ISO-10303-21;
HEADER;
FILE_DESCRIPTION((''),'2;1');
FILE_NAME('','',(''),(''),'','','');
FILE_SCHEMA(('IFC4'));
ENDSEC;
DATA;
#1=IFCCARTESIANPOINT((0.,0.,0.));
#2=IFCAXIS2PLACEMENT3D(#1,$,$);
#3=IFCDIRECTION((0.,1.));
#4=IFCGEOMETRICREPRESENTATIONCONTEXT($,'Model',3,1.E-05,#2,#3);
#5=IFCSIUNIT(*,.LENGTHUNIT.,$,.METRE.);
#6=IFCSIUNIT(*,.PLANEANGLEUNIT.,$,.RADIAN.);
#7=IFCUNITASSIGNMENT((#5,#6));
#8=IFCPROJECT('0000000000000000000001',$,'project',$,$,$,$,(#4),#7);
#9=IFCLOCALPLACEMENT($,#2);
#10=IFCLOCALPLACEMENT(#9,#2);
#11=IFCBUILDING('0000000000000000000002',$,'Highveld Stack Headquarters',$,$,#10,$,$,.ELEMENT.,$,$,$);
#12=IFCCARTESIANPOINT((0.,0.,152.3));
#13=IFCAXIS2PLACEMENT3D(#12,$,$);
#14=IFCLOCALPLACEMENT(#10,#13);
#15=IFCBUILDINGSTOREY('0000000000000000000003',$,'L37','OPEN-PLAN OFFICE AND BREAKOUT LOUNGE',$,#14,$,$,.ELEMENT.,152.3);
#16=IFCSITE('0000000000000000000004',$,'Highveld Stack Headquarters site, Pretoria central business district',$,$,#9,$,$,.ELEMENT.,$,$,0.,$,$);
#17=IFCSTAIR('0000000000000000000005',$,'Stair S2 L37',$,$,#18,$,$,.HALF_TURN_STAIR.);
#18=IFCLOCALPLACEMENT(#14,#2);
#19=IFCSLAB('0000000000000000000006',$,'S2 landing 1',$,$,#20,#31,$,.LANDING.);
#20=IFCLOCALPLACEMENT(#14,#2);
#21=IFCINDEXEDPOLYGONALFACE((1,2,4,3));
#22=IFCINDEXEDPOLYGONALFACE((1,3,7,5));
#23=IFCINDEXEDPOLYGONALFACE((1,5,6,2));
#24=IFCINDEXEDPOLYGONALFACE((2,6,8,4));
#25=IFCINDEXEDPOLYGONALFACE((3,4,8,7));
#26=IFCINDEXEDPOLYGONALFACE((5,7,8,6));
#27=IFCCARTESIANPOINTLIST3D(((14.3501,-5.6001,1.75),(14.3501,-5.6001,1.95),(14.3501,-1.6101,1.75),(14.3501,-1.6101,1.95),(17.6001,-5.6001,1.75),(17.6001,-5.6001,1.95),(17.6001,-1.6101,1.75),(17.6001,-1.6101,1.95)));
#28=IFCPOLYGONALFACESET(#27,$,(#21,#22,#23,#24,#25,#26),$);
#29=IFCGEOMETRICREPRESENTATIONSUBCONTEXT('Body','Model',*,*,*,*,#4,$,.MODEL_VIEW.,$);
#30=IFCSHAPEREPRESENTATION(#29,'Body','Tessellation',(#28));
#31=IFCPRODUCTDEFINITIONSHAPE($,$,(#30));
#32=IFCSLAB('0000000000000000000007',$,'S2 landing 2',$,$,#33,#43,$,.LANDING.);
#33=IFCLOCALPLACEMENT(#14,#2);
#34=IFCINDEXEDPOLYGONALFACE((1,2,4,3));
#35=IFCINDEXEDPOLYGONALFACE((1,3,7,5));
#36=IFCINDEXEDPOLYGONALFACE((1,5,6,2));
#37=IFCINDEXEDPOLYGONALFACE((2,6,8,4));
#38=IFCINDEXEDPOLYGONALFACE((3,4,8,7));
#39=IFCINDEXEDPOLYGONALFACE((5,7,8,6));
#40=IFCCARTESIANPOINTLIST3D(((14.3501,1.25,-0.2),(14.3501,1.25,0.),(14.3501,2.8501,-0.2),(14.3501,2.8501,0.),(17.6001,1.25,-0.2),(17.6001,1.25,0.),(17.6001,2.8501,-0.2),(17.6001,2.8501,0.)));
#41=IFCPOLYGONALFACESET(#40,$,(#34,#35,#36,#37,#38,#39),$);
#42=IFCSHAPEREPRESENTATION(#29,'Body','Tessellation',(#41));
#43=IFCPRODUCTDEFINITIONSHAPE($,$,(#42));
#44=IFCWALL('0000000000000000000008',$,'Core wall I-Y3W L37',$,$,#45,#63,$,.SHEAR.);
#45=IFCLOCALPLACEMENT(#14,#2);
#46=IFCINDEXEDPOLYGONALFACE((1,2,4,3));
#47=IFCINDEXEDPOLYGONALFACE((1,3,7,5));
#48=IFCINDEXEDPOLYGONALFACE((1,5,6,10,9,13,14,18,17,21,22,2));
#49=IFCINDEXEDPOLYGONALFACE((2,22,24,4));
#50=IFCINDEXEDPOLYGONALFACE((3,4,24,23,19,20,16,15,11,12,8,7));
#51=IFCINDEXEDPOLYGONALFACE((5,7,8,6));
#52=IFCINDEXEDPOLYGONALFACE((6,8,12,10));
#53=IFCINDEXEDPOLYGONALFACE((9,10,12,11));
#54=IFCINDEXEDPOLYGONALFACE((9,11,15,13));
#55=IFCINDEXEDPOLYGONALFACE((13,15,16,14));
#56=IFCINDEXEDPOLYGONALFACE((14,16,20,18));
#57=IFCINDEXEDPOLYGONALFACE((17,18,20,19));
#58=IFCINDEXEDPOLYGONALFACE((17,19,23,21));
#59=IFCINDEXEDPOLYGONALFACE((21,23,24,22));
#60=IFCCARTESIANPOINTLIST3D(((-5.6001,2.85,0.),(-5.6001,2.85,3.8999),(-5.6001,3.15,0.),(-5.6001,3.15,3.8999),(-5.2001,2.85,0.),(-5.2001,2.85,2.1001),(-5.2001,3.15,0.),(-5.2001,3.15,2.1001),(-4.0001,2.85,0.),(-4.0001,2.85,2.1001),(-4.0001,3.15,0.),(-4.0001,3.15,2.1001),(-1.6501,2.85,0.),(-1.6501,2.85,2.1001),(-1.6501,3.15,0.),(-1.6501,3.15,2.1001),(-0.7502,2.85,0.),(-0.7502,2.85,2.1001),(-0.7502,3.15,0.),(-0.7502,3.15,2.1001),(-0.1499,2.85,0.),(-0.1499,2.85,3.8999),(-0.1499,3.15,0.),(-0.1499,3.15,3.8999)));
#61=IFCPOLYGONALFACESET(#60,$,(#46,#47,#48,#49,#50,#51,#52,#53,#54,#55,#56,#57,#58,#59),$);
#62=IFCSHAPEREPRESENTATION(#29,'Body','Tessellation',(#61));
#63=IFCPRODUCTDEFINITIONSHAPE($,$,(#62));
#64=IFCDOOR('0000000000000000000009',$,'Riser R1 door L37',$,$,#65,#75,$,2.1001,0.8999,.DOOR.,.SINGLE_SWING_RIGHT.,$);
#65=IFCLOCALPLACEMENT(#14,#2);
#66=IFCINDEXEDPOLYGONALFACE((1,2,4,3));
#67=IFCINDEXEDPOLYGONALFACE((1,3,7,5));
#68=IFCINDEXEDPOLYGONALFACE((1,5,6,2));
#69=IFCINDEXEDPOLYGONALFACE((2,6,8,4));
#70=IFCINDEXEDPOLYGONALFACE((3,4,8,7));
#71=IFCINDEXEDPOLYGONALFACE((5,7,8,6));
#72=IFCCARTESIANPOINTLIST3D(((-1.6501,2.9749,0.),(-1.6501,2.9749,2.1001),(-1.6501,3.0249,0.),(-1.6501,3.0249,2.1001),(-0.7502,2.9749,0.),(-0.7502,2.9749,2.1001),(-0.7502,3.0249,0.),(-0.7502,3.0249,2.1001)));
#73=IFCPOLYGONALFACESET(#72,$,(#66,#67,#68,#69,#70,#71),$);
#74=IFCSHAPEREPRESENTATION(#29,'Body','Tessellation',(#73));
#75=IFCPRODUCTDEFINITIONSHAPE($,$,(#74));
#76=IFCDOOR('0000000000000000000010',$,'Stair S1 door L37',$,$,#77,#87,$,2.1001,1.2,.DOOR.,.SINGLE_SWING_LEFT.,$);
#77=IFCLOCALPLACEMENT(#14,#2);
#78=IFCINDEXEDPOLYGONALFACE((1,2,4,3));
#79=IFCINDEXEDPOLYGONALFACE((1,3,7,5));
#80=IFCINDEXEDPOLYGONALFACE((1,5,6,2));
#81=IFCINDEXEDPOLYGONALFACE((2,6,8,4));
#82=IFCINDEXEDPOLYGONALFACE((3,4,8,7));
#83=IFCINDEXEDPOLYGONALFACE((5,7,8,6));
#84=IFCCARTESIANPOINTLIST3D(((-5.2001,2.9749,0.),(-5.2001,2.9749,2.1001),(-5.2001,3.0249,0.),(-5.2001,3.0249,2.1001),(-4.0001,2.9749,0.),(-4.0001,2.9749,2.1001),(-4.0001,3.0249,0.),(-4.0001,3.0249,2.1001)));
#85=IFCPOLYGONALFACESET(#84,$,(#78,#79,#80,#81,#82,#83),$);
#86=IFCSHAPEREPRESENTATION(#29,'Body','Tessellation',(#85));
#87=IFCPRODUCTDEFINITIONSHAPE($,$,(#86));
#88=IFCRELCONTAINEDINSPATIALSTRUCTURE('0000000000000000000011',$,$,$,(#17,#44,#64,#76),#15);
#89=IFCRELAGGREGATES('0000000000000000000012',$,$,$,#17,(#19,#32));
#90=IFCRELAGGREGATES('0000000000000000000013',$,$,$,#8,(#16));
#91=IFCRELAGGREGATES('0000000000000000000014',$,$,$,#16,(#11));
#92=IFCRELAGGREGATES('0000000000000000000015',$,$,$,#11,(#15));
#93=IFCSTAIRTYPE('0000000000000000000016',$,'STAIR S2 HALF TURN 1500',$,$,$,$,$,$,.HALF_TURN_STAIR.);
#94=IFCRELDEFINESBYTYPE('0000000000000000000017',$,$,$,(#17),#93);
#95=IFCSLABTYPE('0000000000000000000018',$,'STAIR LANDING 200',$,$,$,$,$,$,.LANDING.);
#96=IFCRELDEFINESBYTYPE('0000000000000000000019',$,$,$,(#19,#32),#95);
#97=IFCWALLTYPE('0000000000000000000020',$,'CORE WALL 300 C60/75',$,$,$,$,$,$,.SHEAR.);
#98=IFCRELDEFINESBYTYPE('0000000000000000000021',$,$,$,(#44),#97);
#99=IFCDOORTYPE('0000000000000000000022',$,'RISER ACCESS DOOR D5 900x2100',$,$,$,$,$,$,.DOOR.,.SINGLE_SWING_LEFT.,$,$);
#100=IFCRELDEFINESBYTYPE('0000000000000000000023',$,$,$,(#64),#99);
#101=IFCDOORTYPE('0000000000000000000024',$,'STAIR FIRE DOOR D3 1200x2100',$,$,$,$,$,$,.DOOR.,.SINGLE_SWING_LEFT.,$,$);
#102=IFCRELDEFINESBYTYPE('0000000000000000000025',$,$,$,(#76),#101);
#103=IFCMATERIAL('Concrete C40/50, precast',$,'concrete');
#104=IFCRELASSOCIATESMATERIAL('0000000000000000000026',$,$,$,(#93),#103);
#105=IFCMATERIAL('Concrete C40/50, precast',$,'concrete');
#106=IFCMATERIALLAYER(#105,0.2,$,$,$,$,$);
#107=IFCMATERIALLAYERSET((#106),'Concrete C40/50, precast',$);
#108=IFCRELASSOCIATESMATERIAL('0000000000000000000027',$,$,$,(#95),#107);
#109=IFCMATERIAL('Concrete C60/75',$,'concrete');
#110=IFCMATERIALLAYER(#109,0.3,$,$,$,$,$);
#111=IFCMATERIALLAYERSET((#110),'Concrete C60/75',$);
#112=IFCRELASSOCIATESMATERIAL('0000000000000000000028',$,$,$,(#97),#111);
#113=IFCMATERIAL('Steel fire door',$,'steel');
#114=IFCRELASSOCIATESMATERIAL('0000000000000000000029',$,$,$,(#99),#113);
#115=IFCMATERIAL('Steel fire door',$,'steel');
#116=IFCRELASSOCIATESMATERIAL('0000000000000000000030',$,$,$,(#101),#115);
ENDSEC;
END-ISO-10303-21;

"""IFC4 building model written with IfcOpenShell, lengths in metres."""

from ifc_helpers import new_model, si_unit, direction, frame, frame_2d, origin, place, context, subcontext, project, spatial, polyline, rectangle, outline, extrude, material, layer, layer_set, type_object, element, fill, aggregate, save


model = new_model("IFC4")

# Units and contexts
model_context = context("Model", 3, precision=1e-05, world=origin(), true_north=direction((0.0, 1.0)))
body_context = subcontext(model_context, "Body", "Model", "MODEL_VIEW")
ifc_project = project(units=[si_unit("LENGTHUNIT", "METRE"), si_unit("PLANEANGLEUNIT", "RADIAN")], contexts=[model_context])

# Site, building, storey
site_placement = place(None, origin())
site = spatial("IfcSite", under=ifc_project, at=site_placement, Name="Highveld Stack Headquarters site, Pretoria central business district", CompositionType="ELEMENT", RefElevation=0.0)
building_placement = place(site_placement, origin())
building = spatial("IfcBuilding", under=site, at=building_placement, Name="Highveld Stack Headquarters", CompositionType="ELEMENT")
storey_placement = place(building_placement, frame((0.0, 0.0, 152.3)))
storey = spatial("IfcBuildingStorey", under=building, at=storey_placement, Name="L37", Description="OPEN-PLAN OFFICE AND BREAKOUT LOUNGE", CompositionType="ELEMENT", Elevation=152.3)

# Stair, slabs
ifc_material_1 = material(Name="Concrete C40/50, precast", Category="concrete")
stair_type_1 = type_object("IfcStairType", Name="STAIR S2 HALF TURN 1500", PredefinedType="HALF_TURN_STAIR", material=ifc_material_1)
stair_1_placement = place(storey_placement, origin())
stair_1 = element("IfcStair", 1, at=stair_1_placement, inside=storey, type_object=stair_type_1, Name="Stair S2 L37", PredefinedType="HALF_TURN_STAIR")
ifc_material_2 = material(Name="Concrete C40/50, precast", Category="concrete")
ifc_layer_1 = layer(ifc_material_2, 0.2)
ifc_layer_set_1 = layer_set([ifc_layer_1], Name="Concrete C40/50, precast")
slab_type = type_object("IfcSlabType", Name="STAIR LANDING 200", PredefinedType="LANDING", material=ifc_layer_set_1)
slab_1_placement = place(storey_placement, frame((0.0, 0.0, 1.75)))
slab_1 = element("IfcSlab", 2, at=slab_1_placement, type_object=slab_type, Name="S2 landing 1", PredefinedType="LANDING", context=body_context, shape_type="SweptSolid", body=[
    extrude(outline(polyline([(14.3501, -5.6001), (17.6001, -5.6001), (17.6001, -1.6101), (14.3501, -1.6101), (14.3501, -5.6001)])), origin(), (0.0, 0.0, 1.0), 0.2),
])
slab_2_placement = place(storey_placement, frame((0.0, 0.0, -0.2)))
slab_2 = element("IfcSlab", 3, at=slab_2_placement, type_object=slab_type, Name="S2 landing 2", PredefinedType="LANDING", context=body_context, shape_type="SweptSolid", body=[
    extrude(outline(polyline([(14.3501, 1.25), (17.6001, 1.25), (17.6001, 2.8501), (14.3501, 2.8501), (14.3501, 1.25)])), origin(), (0.0, 0.0, 1.0), 0.2),
])
aggregate(stair_1, [slab_1, slab_2])

# Wall, openings, doors
ifc_material_3 = material(Name="Concrete C60/75", Category="concrete")
ifc_layer_2 = layer(ifc_material_3, 0.3)
ifc_layer_set_2 = layer_set([ifc_layer_2], Name="Concrete C60/75")
wall_type_1 = type_object("IfcWallType", Name="CORE WALL 300 C60/75", PredefinedType="SHEAR", material=ifc_layer_set_2)
wall_1_placement = place(storey_placement, frame((-5.6001, 3.0, 0.0), z_axis=(0.0, 0.0, 1.0), x_axis=(1.0, 0.0, 0.0)))
wall_1 = element("IfcWall", 4, at=wall_1_placement, inside=storey, type_object=wall_type_1, Name="Core wall I-Y3W L37", PredefinedType="SHEAR", context=body_context, shape_type="SweptSolid", body=[
    extrude(rectangle(XDim=5.4502, YDim=0.3, at=frame_2d((2.7251, 0.0))), origin(), (0.0, 0.0, 1.0), 3.8999),
])
opening_1_placement = place(wall_1_placement, frame((0.3999, 0.0, 0.0)))
opening_1 = element("IfcOpeningElement", 5, at=opening_1_placement, cuts=wall_1, PredefinedType="OPENING", context=body_context, shape_type="SweptSolid", body=[
    extrude(rectangle(XDim=1.2, YDim=2.1001, at=frame_2d((0.6001, 1.05))), frame((0.0, 0.1599, 0.0), z_axis=(0.0, -1.0, 0.0), x_axis=(1.0, 0.0, 0.0)), (0.0, 0.0, 1.0), 0.3201),
])
opening_2_placement = place(wall_1_placement, frame((3.95, 0.0, 0.0)))
opening_2 = element("IfcOpeningElement", 6, at=opening_2_placement, cuts=wall_1, PredefinedType="OPENING", context=body_context, shape_type="SweptSolid", body=[
    extrude(rectangle(XDim=0.8999, YDim=2.1001, at=frame_2d((0.45, 1.05))), frame((0.0, 0.1599, 0.0), z_axis=(0.0, -1.0, 0.0), x_axis=(1.0, 0.0, 0.0)), (0.0, 0.0, 1.0), 0.3201),
])
ifc_material_4 = material(Name="Steel fire door", Category="steel")
door_type_1 = type_object("IfcDoorType", Name="RISER ACCESS DOOR D5 900x2100", OperationType="SINGLE_SWING_LEFT", PredefinedType="DOOR", material=ifc_material_4)
door_1_placement = place(opening_2_placement, origin())
door_1 = element("IfcDoor", 7, at=door_1_placement, inside=storey, type_object=door_type_1, Name="Riser R1 door L37", OperationType="SINGLE_SWING_RIGHT", OverallHeight=2.1001, OverallWidth=0.8999, PredefinedType="DOOR", context=body_context, shape_type="SweptSolid", body=[
    extrude(rectangle(XDim=0.8999, YDim=2.1001, at=frame_2d((0.45, 1.05))), frame((0.0, 0.0249, 0.0), z_axis=(0.0, -1.0, 0.0), x_axis=(1.0, 0.0, 0.0)), (0.0, 0.0, 1.0), 0.05),
])
fill(opening_2, door_1)
ifc_material_5 = material(Name="Steel fire door", Category="steel")
door_type_2 = type_object("IfcDoorType", Name="STAIR FIRE DOOR D3 1200x2100", OperationType="SINGLE_SWING_LEFT", PredefinedType="DOOR", material=ifc_material_5)
door_2_placement = place(opening_1_placement, origin())
door_2 = element("IfcDoor", 8, at=door_2_placement, inside=storey, type_object=door_type_2, Name="Stair S1 door L37", OperationType="SINGLE_SWING_LEFT", OverallHeight=2.1001, OverallWidth=1.2, PredefinedType="DOOR", context=body_context, shape_type="SweptSolid", body=[
    extrude(rectangle(XDim=1.2, YDim=2.1001, at=frame_2d((0.6001, 1.05))), frame((0.0, 0.0249, 0.0), z_axis=(0.0, -1.0, 0.0), x_axis=(1.0, 0.0, 0.0)), (0.0, 0.0, 1.0), 0.05),
])
fill(opening_1, door_2)

save(model, "model.ifc")
